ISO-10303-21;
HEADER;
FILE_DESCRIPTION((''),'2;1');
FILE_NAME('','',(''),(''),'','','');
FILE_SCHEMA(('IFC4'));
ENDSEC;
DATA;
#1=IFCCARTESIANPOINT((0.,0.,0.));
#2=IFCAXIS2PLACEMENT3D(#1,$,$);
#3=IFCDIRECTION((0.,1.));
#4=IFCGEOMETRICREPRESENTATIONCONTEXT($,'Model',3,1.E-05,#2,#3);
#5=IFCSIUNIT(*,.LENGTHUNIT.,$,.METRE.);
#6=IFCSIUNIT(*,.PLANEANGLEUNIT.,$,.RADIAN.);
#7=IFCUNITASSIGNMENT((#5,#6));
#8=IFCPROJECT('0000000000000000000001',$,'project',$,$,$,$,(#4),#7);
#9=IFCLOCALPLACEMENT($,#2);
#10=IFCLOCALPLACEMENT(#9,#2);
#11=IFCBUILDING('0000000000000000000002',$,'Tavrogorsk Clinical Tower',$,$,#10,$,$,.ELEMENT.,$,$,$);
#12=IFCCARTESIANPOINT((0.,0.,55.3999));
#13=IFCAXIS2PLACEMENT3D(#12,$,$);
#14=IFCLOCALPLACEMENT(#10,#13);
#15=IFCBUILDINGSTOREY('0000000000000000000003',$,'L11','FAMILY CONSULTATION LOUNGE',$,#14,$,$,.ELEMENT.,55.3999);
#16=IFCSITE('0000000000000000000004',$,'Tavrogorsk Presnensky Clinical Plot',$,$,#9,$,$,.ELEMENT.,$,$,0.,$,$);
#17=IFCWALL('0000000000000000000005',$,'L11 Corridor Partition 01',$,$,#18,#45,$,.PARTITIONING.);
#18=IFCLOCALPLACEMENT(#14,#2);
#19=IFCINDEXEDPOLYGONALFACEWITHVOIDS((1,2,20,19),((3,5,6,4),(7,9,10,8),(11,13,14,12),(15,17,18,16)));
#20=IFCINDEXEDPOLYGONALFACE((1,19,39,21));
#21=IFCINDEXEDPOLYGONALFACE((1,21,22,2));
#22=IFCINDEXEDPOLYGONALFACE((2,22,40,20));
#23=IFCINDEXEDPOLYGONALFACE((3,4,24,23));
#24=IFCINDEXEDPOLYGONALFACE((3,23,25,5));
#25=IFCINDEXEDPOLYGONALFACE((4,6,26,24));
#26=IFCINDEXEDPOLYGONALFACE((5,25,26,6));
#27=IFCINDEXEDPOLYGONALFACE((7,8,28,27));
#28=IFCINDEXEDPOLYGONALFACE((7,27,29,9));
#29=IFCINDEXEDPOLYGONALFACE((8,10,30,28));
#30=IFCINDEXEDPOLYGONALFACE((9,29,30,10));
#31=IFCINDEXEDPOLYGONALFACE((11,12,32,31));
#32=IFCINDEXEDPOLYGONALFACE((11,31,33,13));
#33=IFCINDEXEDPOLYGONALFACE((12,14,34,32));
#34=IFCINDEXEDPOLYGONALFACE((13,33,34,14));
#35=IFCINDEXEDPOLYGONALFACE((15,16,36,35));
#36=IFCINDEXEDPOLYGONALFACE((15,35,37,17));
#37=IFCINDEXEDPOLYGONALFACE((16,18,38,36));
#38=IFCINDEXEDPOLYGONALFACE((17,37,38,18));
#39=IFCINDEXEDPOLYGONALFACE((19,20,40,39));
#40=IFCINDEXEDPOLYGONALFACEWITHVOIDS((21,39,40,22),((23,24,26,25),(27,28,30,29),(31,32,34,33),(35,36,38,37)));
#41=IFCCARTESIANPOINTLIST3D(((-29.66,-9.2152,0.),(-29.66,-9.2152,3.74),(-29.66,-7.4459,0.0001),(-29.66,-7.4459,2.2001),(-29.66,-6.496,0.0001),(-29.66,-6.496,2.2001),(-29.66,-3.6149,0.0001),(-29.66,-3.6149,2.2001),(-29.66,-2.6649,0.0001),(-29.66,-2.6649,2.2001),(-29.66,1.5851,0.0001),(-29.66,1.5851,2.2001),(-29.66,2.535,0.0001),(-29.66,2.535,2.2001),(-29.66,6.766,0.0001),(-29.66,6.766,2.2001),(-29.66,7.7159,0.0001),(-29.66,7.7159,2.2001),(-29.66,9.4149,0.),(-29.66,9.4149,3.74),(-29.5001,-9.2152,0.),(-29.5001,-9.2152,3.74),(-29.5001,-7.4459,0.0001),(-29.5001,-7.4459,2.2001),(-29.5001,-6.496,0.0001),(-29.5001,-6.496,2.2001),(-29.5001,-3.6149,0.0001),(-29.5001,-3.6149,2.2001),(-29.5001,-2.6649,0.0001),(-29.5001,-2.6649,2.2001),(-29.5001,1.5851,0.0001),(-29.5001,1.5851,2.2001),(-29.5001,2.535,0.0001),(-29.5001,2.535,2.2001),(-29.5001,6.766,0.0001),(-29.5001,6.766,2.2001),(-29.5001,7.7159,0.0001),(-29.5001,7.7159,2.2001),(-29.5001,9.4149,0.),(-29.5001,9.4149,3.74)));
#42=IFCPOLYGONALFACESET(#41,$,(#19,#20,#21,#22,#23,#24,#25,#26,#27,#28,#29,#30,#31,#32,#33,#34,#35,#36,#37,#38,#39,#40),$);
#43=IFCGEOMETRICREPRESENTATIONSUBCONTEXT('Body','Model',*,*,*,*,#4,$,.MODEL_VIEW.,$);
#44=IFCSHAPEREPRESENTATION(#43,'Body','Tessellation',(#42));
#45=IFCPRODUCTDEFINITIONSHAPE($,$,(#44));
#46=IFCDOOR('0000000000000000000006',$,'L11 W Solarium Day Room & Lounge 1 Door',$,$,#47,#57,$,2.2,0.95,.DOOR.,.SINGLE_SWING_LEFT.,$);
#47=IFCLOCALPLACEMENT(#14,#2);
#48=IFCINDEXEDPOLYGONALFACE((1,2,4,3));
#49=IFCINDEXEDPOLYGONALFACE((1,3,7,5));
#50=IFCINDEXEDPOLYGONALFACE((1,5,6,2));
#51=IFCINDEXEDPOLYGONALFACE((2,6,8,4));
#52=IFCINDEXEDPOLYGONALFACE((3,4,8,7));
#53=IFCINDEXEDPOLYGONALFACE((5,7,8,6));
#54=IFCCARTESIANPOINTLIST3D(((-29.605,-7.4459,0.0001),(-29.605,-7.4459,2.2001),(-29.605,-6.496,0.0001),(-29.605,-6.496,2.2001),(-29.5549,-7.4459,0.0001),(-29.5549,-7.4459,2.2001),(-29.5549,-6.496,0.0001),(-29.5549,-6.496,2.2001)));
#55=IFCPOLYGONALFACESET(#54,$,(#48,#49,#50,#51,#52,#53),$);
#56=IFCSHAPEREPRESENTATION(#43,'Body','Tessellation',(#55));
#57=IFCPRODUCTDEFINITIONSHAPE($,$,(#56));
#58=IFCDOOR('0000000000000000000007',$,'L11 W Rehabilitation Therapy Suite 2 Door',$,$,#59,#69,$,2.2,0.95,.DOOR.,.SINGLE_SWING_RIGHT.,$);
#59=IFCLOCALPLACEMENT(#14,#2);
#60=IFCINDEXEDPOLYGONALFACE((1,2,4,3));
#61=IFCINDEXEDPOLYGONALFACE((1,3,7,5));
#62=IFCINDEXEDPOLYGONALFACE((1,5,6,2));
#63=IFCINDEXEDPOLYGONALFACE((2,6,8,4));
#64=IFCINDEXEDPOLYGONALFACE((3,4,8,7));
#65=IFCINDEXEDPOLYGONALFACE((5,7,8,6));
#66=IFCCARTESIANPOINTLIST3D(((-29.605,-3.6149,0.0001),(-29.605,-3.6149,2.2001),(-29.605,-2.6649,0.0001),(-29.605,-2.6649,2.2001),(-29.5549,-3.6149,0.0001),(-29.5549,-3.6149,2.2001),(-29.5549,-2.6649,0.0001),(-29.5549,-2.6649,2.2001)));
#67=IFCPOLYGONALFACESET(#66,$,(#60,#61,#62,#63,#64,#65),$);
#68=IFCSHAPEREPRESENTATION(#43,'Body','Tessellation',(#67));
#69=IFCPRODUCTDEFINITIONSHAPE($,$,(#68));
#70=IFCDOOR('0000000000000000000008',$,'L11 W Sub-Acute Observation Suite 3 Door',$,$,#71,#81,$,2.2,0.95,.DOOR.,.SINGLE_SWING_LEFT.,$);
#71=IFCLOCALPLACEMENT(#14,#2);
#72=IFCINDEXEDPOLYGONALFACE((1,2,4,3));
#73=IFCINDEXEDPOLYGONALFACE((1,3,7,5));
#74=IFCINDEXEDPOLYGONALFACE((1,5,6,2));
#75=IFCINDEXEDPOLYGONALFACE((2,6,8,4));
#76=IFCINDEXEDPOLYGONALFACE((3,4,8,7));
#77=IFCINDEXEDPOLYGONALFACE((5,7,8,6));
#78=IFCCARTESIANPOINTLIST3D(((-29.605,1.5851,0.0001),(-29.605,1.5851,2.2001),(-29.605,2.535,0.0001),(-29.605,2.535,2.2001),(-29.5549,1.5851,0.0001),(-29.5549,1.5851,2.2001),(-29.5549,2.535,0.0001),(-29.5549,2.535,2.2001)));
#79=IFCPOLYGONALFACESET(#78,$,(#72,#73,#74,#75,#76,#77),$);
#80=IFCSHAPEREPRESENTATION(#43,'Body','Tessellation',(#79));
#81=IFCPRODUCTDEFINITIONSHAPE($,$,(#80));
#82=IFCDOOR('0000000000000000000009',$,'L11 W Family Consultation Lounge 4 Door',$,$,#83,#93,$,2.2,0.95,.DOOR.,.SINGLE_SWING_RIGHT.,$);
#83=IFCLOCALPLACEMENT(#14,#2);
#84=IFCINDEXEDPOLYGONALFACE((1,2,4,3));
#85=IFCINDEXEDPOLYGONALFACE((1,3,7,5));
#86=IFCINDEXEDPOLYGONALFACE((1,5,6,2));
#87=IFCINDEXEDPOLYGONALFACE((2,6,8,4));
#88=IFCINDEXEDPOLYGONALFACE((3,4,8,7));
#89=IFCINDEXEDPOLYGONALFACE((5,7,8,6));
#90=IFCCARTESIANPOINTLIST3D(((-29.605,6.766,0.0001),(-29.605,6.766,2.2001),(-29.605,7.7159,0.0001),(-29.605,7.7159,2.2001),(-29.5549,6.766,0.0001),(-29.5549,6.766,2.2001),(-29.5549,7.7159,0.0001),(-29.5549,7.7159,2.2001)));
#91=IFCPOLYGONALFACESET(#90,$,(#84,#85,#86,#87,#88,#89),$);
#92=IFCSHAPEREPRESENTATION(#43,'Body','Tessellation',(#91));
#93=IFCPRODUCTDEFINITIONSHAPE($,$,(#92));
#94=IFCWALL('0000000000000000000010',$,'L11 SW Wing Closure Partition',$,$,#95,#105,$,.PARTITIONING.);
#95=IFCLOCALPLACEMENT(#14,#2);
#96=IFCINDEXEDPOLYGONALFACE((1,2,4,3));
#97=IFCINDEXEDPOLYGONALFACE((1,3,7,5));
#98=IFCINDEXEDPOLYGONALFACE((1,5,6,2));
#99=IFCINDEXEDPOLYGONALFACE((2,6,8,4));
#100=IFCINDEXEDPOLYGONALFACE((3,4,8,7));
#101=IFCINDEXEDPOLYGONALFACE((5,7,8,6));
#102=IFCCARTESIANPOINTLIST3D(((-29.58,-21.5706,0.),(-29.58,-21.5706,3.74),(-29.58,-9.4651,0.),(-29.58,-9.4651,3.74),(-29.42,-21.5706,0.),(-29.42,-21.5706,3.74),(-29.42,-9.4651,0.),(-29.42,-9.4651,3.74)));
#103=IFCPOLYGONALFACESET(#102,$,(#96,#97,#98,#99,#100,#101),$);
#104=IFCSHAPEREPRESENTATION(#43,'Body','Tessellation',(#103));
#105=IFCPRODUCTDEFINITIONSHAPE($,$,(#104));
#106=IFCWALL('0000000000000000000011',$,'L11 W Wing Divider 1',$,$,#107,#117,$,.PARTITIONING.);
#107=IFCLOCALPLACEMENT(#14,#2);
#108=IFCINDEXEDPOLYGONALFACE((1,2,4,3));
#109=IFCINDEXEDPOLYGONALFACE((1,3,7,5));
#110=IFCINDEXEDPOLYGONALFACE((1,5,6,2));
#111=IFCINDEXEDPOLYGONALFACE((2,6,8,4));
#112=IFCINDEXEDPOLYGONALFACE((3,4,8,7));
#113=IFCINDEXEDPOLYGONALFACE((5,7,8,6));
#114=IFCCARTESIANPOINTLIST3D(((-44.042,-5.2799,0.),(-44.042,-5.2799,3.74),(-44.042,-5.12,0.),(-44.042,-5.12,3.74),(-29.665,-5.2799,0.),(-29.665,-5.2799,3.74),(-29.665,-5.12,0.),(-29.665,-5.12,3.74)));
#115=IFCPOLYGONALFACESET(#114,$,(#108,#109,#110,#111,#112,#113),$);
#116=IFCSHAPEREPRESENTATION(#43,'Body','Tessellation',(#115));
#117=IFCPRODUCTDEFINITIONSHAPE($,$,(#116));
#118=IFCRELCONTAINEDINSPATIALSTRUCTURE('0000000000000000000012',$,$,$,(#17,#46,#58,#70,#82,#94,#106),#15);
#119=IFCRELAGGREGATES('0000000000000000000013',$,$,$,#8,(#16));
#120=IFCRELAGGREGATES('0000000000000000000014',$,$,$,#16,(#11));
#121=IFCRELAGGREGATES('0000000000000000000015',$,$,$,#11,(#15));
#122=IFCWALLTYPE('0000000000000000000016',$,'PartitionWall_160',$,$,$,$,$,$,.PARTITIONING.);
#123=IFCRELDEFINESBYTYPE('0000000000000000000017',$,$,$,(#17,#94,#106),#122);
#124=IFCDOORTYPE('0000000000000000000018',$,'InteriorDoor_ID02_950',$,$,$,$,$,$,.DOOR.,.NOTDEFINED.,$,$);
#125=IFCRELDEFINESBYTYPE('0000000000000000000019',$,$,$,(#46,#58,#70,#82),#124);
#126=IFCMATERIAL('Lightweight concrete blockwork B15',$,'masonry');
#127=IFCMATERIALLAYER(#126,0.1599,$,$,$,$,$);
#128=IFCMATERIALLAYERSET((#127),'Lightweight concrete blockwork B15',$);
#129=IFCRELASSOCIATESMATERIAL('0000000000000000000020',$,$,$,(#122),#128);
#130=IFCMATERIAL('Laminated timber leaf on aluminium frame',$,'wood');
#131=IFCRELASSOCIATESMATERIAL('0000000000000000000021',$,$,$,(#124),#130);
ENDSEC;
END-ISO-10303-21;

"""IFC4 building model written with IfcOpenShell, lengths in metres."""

from ifc_helpers import new_model, si_unit, direction, frame, frame_2d, origin, place, context, subcontext, project, spatial, rectangle, extrude, material, layer, layer_set, type_object, element, fill, save


model = new_model("IFC4")

# Units and contexts
model_context = context("Model", 3, precision=1e-05, world=origin(), true_north=direction((0.0, 1.0)))
body_context = subcontext(model_context, "Body", "Model", "MODEL_VIEW")
ifc_project = project(units=[si_unit("LENGTHUNIT", "METRE"), si_unit("PLANEANGLEUNIT", "RADIAN")], contexts=[model_context])

# Site, building, storey
site_placement = place(None, origin())
site = spatial("IfcSite", under=ifc_project, at=site_placement, Name="Tavrogorsk Presnensky Clinical Plot", CompositionType="ELEMENT", RefElevation=0.0)
building_placement = place(site_placement, origin())
building = spatial("IfcBuilding", under=site, at=building_placement, Name="Tavrogorsk Clinical Tower", CompositionType="ELEMENT")
storey_placement = place(building_placement, frame((0.0, 0.0, 55.3999)))
storey = spatial("IfcBuildingStorey", under=building, at=storey_placement, Name="L11", Description="FAMILY CONSULTATION LOUNGE", CompositionType="ELEMENT", Elevation=55.3999)

# Shared definitions
ifc_material_1 = material(Name="Lightweight concrete blockwork B15", Category="masonry")
ifc_layer_1 = layer(ifc_material_1, 0.1599)
ifc_layer_set_1 = layer_set([ifc_layer_1], Name="Lightweight concrete blockwork B15")
wall_type_1 = type_object("IfcWallType", Name="PartitionWall_160", PredefinedType="PARTITIONING", material=ifc_layer_set_1)

# Wall, openings, doors
wall_1_placement = place(storey_placement, frame((-29.5801, -9.2151, 0.0), z_axis=(0.0, 0.0, 1.0), x_axis=(0.0, 1.0, 0.0)))
wall_1 = element("IfcWall", 1, at=wall_1_placement, inside=storey, type_object=wall_type_1, Name="L11 Corridor Partition 01", PredefinedType="PARTITIONING", context=body_context, shape_type="SweptSolid", body=[
    extrude(rectangle(XDim=18.6301, YDim=0.1599, at=frame_2d((9.3149, 0.0))), origin(), (0.0, 0.0, 1.0), 3.74),
])
opening_1_placement = place(wall_1_placement, frame((1.769, 0.0, 0.0)))
opening_1 = element("IfcOpeningElement", 2, at=opening_1_placement, cuts=wall_1, PredefinedType="OPENING", context=body_context, shape_type="SweptSolid", body=[
    extrude(rectangle(XDim=0.95, YDim=2.2, at=frame_2d((0.4751, 1.1001))), frame((0.0, 0.0898, 0.0), z_axis=(0.0, -1.0, 0.0), x_axis=(1.0, 0.0, 0.0)), (0.0, 0.0, 1.0), 0.1799),
])
opening_2_placement = place(wall_1_placement, frame((5.6001, 0.0, 0.0)))
opening_2 = element("IfcOpeningElement", 3, at=opening_2_placement, cuts=wall_1, PredefinedType="OPENING", context=body_context, shape_type="SweptSolid", body=[
    extrude(rectangle(XDim=0.95, YDim=2.2, at=frame_2d((0.4751, 1.1001))), frame((0.0, 0.0898, 0.0), z_axis=(0.0, -1.0, 0.0), x_axis=(1.0, 0.0, 0.0)), (0.0, 0.0, 1.0), 0.1799),
])
opening_3_placement = place(wall_1_placement, frame((10.8, 0.0, 0.0)))
opening_3 = element("IfcOpeningElement", 4, at=opening_3_placement, cuts=wall_1, PredefinedType="OPENING", context=body_context, shape_type="SweptSolid", body=[
    extrude(rectangle(XDim=0.95, YDim=2.2, at=frame_2d((0.4751, 1.1001))), frame((0.0, 0.0898, 0.0), z_axis=(0.0, -1.0, 0.0), x_axis=(1.0, 0.0, 0.0)), (0.0, 0.0, 1.0), 0.1799),
])
opening_4_placement = place(wall_1_placement, frame((15.981, 0.0, 0.0)))
opening_4 = element("IfcOpeningElement", 5, at=opening_4_placement, cuts=wall_1, PredefinedType="OPENING", context=body_context, shape_type="SweptSolid", body=[
    extrude(rectangle(XDim=0.95, YDim=2.2, at=frame_2d((0.4751, 1.1001))), frame((0.0, 0.0898, 0.0), z_axis=(0.0, -1.0, 0.0), x_axis=(1.0, 0.0, 0.0)), (0.0, 0.0, 1.0), 0.1799),
])
ifc_material_2 = material(Name="Laminated timber leaf on aluminium frame", Category="wood")
door_type = type_object("IfcDoorType", Name="InteriorDoor_ID02_950", OperationType="NOTDEFINED", PredefinedType="DOOR", material=ifc_material_2)
door_1_placement = place(opening_1_placement, origin())
door_1 = element("IfcDoor", 6, at=door_1_placement, inside=storey, type_object=door_type, Name="L11 W Solarium Day Room & Lounge 1 Door", OperationType="SINGLE_SWING_LEFT", OverallHeight=2.2, OverallWidth=0.95, PredefinedType="DOOR", context=body_context, shape_type="SweptSolid", body=[
    extrude(rectangle(XDim=0.95, YDim=2.2, at=frame_2d((0.4751, 1.1001))), frame((0.0, 0.0249, 0.0), z_axis=(0.0, -1.0, 0.0), x_axis=(1.0, 0.0, 0.0)), (0.0, 0.0, 1.0), 0.05),
])
fill(opening_1, door_1)
door_2_placement = place(opening_2_placement, origin())
door_2 = element("IfcDoor", 7, at=door_2_placement, inside=storey, type_object=door_type, Name="L11 W Rehabilitation Therapy Suite 2 Door", OperationType="SINGLE_SWING_RIGHT", OverallHeight=2.2, OverallWidth=0.95, PredefinedType="DOOR", context=body_context, shape_type="SweptSolid", body=[
    extrude(rectangle(XDim=0.95, YDim=2.2, at=frame_2d((0.4751, 1.1001))), frame((0.0, 0.0249, 0.0), z_axis=(0.0, -1.0, 0.0), x_axis=(1.0, 0.0, 0.0)), (0.0, 0.0, 1.0), 0.05),
])
fill(opening_2, door_2)
door_3_placement = place(opening_3_placement, origin())
door_3 = element("IfcDoor", 8, at=door_3_placement, inside=storey, type_object=door_type, Name="L11 W Sub-Acute Observation Suite 3 Door", OperationType="SINGLE_SWING_LEFT", OverallHeight=2.2, OverallWidth=0.95, PredefinedType="DOOR", context=body_context, shape_type="SweptSolid", body=[
    extrude(rectangle(XDim=0.95, YDim=2.2, at=frame_2d((0.4751, 1.1001))), frame((0.0, 0.0249, 0.0), z_axis=(0.0, -1.0, 0.0), x_axis=(1.0, 0.0, 0.0)), (0.0, 0.0, 1.0), 0.05),
])
fill(opening_3, door_3)
door_4_placement = place(opening_4_placement, origin())
door_4 = element("IfcDoor", 9, at=door_4_placement, inside=storey, type_object=door_type, Name="L11 W Family Consultation Lounge 4 Door", OperationType="SINGLE_SWING_RIGHT", OverallHeight=2.2, OverallWidth=0.95, PredefinedType="DOOR", context=body_context, shape_type="SweptSolid", body=[
    extrude(rectangle(XDim=0.95, YDim=2.2, at=frame_2d((0.4751, 1.1001))), frame((0.0, 0.0249, 0.0), z_axis=(0.0, -1.0, 0.0), x_axis=(1.0, 0.0, 0.0)), (0.0, 0.0, 1.0), 0.05),
])
fill(opening_4, door_4)

# Walls
wall_2_placement = place(storey_placement, frame((-29.5, -21.5706, 0.0), z_axis=(0.0, 0.0, 1.0), x_axis=(0.0, 1.0, 0.0)))
element("IfcWall", 10, at=wall_2_placement, inside=storey, type_object=wall_type_1, Name="L11 SW Wing Closure Partition", PredefinedType="PARTITIONING", context=body_context, shape_type="SweptSolid", body=[
    extrude(rectangle(XDim=12.1055, YDim=0.1599, at=frame_2d((6.0527, 0.0))), origin(), (0.0, 0.0, 1.0), 3.74),
])
wall_3_placement = place(storey_placement, frame((-44.042, -5.2, 0.0), z_axis=(0.0, 0.0, 1.0), x_axis=(1.0, 0.0, 0.0)))
element("IfcWall", 11, at=wall_3_placement, inside=storey, type_object=wall_type_1, Name="L11 W Wing Divider 1", PredefinedType="PARTITIONING", context=body_context, shape_type="SweptSolid", body=[
    extrude(rectangle(XDim=14.377, YDim=0.1599, at=frame_2d((7.1885, 0.0))), origin(), (0.0, 0.0, 1.0), 3.74),
])

save(model, "model.ifc")
